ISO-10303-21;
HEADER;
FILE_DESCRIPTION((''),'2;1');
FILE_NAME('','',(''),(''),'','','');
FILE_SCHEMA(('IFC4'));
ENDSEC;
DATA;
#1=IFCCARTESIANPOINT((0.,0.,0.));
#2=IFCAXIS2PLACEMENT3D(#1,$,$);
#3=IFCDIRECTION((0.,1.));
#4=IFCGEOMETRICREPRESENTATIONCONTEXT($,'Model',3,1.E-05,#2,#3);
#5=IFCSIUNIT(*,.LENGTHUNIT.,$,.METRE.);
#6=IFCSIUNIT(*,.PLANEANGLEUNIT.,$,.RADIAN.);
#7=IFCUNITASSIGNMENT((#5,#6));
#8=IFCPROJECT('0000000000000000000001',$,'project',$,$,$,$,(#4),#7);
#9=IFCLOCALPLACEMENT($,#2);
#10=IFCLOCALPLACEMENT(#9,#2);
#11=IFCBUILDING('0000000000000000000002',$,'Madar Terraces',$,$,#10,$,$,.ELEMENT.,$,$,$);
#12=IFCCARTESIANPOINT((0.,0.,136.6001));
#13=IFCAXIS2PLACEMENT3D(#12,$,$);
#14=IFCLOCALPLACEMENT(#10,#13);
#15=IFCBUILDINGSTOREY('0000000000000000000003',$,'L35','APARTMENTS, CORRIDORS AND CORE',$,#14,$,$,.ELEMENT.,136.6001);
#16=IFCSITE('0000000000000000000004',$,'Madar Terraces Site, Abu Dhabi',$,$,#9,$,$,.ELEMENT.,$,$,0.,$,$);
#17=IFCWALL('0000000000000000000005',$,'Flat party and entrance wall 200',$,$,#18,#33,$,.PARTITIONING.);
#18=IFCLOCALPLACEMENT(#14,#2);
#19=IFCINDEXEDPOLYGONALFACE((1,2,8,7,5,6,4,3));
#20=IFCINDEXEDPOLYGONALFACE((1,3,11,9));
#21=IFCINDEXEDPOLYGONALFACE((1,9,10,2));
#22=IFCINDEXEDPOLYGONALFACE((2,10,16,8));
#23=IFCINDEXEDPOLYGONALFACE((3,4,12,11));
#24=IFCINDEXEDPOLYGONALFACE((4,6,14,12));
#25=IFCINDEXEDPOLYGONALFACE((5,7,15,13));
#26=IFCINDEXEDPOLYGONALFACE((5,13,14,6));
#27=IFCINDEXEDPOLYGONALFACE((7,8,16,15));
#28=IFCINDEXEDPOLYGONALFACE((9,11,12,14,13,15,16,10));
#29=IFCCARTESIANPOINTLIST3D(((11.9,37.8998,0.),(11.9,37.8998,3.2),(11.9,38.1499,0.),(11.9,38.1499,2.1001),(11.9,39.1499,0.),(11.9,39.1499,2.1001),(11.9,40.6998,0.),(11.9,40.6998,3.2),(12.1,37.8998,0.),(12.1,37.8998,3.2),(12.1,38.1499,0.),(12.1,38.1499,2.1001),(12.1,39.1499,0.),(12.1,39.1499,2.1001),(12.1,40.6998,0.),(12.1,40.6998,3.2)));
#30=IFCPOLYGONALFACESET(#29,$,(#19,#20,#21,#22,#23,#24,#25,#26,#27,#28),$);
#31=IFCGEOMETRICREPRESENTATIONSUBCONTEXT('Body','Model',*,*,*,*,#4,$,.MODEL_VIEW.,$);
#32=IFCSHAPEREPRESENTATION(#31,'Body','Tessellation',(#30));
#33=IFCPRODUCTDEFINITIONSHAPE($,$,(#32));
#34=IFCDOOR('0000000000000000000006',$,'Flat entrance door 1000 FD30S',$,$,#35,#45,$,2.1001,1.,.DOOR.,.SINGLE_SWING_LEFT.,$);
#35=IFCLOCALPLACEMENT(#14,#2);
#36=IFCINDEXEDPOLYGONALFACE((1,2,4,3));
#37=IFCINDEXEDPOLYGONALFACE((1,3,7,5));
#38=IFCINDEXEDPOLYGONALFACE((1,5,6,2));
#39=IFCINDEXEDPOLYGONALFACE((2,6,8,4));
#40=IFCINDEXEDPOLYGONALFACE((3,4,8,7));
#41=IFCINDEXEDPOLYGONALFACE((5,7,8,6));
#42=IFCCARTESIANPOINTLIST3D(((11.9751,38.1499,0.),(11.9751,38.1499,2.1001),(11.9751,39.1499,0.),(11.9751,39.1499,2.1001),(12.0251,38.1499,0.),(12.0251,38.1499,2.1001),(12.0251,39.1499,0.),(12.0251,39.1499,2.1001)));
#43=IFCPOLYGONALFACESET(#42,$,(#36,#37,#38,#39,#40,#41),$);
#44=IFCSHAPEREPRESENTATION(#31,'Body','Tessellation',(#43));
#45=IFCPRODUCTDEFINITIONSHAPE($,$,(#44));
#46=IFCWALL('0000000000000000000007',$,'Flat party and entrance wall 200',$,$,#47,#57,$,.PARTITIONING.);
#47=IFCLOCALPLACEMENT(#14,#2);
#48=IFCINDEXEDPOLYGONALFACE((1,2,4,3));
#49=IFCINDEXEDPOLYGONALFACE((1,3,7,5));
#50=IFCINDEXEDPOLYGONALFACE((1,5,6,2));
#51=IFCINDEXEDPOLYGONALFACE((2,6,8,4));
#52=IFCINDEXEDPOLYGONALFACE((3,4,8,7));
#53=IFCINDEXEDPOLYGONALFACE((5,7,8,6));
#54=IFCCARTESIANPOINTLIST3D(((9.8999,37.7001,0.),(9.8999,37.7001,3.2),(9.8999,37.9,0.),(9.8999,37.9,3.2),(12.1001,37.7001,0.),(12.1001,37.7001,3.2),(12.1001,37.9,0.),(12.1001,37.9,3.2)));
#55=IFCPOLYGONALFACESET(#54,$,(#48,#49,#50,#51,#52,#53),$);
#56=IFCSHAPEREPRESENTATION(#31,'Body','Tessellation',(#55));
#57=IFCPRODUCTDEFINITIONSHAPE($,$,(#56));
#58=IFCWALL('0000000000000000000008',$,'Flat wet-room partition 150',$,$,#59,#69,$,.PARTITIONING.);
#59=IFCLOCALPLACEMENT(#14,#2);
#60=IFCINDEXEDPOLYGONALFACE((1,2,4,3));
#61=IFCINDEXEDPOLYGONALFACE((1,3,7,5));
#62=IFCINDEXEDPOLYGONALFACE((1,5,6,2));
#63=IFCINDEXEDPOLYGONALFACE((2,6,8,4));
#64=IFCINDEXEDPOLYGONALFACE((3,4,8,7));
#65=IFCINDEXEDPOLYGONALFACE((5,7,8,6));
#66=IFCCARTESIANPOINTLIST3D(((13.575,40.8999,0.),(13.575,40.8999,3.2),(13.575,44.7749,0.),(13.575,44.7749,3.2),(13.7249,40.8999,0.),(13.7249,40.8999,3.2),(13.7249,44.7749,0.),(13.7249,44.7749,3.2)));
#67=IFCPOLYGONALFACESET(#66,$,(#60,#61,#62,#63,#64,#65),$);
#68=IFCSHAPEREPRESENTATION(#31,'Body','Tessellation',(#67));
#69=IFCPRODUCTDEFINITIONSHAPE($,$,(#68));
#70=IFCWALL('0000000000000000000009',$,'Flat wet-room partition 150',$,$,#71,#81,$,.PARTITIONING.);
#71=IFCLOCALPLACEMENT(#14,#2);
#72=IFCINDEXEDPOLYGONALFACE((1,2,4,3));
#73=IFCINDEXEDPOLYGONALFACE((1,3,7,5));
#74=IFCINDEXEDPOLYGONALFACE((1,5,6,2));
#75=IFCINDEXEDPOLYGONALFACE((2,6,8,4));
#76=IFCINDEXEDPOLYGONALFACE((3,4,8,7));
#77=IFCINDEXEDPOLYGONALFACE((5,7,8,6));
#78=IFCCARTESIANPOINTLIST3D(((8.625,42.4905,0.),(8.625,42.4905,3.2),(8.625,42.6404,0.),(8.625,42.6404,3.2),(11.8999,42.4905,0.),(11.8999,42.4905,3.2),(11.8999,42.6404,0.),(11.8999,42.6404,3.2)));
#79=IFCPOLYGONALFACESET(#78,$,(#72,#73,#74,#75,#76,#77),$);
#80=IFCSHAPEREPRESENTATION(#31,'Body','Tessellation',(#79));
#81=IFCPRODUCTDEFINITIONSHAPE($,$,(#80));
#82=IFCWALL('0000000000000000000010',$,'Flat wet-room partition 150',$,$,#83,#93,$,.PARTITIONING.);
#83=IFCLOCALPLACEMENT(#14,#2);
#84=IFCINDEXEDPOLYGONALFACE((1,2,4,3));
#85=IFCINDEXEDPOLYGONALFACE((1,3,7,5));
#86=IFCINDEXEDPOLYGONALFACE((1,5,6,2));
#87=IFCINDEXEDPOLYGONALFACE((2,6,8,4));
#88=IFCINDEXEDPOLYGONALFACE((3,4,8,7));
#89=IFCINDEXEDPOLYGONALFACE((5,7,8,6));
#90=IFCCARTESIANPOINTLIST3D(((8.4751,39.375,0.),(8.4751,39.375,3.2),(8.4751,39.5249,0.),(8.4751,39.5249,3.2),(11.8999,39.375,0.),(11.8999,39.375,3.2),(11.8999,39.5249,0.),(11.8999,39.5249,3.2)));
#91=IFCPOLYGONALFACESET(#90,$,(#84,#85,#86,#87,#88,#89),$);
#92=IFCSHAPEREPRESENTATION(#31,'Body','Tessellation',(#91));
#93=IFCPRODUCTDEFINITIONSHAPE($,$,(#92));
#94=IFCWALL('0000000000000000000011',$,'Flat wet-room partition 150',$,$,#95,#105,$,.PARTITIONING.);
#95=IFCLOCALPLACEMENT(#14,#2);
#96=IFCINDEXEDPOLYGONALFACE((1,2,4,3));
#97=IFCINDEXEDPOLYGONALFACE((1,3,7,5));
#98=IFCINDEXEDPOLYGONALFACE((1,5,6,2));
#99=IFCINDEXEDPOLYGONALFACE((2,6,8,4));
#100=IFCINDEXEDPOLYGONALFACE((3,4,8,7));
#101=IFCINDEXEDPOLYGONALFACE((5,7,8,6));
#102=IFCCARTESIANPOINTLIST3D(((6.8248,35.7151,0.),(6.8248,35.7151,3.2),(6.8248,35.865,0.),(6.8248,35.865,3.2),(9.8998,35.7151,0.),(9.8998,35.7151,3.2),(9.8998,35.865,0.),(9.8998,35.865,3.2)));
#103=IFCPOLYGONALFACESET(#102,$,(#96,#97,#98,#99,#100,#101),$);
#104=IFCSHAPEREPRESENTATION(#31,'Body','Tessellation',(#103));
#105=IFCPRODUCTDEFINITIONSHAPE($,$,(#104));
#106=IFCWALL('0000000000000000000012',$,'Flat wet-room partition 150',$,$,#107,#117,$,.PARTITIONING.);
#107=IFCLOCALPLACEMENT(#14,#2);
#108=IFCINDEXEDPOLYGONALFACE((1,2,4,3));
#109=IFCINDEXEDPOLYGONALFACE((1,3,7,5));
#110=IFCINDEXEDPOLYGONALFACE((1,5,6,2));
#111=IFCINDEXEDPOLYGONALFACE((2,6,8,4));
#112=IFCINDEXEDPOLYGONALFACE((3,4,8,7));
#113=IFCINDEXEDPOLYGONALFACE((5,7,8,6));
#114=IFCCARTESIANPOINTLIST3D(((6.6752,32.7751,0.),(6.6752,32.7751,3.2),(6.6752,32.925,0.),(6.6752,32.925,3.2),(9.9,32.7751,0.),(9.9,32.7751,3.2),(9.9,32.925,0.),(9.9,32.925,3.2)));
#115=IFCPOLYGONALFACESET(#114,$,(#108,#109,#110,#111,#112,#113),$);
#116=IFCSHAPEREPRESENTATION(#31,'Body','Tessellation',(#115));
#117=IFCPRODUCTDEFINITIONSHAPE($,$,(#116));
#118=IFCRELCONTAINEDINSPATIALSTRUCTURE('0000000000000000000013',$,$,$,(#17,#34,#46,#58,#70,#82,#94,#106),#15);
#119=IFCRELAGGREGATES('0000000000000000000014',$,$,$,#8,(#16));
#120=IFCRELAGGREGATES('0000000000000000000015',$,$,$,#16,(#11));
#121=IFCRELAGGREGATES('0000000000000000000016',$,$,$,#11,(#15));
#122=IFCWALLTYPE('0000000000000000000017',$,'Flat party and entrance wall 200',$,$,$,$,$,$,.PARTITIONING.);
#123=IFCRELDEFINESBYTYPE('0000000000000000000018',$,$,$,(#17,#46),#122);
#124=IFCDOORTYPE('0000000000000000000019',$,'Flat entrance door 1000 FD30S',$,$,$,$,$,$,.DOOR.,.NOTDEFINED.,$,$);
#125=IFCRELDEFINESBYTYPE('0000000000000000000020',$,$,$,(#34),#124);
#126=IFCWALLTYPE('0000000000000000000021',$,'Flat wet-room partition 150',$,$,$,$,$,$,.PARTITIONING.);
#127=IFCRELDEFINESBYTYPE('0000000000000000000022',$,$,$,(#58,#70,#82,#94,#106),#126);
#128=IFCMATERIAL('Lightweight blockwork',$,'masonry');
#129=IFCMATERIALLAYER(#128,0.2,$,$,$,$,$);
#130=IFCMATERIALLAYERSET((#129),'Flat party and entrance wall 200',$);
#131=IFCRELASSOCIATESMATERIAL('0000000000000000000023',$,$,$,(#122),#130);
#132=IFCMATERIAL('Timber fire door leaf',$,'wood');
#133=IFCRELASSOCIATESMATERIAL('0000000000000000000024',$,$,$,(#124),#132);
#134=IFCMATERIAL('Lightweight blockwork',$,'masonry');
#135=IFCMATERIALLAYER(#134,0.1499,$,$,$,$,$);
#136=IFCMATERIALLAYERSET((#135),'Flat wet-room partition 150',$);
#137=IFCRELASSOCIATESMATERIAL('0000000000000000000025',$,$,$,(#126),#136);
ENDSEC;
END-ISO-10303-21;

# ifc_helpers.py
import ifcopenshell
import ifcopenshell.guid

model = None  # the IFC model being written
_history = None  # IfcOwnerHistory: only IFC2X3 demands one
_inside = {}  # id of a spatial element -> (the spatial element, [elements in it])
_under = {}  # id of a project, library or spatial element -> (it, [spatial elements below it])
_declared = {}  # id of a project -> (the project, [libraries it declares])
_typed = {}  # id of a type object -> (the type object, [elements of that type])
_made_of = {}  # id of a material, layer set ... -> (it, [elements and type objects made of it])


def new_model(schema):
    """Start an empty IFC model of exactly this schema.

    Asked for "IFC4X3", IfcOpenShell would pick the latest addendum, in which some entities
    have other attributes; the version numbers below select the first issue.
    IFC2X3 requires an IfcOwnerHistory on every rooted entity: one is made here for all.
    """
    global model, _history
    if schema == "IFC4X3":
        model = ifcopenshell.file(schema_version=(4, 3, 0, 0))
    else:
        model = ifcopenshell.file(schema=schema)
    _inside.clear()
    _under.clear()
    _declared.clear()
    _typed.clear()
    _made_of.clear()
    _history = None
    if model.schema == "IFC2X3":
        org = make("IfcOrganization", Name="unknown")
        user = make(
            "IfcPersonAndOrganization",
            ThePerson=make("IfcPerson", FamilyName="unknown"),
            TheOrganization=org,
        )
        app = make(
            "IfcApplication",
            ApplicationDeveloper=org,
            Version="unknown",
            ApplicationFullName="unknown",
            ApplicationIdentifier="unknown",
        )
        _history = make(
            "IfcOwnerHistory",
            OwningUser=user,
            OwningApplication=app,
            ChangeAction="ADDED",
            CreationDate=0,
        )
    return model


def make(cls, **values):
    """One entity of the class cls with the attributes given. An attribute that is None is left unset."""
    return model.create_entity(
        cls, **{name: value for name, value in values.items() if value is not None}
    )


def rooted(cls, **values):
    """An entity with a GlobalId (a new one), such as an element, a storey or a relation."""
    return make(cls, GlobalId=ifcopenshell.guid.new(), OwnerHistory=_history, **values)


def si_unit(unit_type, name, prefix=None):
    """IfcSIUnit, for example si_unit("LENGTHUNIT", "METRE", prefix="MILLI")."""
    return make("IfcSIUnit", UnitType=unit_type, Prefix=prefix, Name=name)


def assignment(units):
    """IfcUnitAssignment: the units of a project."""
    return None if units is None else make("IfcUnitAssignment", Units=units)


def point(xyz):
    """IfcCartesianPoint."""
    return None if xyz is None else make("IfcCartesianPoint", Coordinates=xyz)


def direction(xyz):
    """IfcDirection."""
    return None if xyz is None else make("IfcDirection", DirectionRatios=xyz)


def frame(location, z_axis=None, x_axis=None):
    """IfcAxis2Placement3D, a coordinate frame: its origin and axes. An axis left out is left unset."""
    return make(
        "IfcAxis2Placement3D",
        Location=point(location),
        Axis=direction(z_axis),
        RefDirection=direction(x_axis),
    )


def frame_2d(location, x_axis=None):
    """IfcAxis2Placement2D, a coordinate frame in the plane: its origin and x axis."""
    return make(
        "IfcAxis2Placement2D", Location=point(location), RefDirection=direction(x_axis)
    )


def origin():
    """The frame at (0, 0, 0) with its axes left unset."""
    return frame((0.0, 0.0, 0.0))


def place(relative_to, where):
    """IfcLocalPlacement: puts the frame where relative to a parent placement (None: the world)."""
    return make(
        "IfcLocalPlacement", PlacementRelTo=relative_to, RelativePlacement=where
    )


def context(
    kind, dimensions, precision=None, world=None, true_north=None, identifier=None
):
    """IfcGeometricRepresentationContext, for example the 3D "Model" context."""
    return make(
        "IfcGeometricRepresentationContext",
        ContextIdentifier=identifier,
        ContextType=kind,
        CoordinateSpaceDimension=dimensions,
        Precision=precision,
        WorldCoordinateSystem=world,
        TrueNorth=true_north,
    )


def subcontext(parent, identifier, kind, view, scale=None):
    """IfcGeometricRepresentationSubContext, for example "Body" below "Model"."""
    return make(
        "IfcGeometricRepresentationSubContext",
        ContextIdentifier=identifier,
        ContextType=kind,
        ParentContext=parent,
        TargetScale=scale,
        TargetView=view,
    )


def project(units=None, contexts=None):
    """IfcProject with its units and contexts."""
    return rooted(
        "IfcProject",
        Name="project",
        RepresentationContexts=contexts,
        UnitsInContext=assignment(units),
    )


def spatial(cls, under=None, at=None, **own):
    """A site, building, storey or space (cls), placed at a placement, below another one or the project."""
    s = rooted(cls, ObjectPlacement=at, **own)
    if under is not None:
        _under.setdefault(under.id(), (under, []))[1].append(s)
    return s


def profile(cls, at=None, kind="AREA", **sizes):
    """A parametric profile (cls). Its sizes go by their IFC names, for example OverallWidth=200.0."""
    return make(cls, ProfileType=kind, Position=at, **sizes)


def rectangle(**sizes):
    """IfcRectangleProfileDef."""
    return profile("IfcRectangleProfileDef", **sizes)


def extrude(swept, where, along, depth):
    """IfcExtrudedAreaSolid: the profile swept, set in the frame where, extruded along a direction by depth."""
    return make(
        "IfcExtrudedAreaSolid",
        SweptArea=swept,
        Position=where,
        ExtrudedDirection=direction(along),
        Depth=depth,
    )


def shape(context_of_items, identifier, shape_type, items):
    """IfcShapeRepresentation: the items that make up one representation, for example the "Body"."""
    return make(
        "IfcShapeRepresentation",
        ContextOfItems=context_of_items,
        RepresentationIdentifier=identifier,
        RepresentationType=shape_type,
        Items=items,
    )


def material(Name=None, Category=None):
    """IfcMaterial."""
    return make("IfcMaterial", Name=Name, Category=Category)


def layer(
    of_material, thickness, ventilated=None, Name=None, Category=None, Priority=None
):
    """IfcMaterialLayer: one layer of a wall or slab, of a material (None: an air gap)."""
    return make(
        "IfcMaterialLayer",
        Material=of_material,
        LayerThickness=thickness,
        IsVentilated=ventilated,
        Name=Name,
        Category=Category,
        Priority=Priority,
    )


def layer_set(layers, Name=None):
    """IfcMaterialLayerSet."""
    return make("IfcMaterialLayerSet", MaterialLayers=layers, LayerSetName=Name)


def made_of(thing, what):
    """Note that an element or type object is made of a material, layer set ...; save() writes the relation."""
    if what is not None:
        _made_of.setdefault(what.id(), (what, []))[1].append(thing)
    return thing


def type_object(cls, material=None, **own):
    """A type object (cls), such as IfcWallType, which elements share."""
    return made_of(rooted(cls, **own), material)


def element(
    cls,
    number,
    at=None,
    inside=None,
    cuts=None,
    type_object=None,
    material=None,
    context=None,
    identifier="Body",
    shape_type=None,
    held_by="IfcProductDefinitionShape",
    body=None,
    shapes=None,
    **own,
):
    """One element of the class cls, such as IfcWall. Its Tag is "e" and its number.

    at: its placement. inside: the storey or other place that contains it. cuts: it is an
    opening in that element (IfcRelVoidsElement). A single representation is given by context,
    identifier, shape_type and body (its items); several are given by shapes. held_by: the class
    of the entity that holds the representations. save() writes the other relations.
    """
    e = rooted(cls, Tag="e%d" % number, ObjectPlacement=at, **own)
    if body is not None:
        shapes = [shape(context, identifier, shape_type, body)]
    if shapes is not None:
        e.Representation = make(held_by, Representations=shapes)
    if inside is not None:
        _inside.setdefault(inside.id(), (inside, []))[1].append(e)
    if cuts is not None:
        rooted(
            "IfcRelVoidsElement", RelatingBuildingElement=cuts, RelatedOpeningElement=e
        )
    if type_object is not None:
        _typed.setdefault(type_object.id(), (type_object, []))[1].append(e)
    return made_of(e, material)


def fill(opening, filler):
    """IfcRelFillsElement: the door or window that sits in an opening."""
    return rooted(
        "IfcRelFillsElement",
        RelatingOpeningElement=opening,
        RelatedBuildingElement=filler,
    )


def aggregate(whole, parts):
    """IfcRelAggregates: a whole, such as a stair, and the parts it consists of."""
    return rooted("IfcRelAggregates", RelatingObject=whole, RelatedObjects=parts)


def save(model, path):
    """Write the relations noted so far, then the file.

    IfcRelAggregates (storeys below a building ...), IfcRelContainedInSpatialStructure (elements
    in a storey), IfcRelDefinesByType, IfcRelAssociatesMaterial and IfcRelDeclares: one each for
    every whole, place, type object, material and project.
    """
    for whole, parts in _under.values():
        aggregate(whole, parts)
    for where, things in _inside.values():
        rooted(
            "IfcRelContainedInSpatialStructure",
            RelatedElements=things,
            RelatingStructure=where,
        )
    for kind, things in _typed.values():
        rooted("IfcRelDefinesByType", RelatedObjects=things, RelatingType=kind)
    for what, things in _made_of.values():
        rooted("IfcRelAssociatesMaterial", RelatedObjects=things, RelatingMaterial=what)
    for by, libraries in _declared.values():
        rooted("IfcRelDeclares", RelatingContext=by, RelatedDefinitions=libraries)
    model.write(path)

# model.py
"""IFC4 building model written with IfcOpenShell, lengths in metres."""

from ifc_helpers import new_model, si_unit, direction, frame, frame_2d, origin, place, context, subcontext, project, spatial, rectangle, extrude, material, layer, layer_set, type_object, element, fill, save


model = new_model("IFC4")

# Units and contexts
model_context = context("Model", 3, precision=1e-05, world=origin(), true_north=direction((0.0, 1.0)))
body_context = subcontext(model_context, "Body", "Model", "MODEL_VIEW")
ifc_project = project(units=[si_unit("LENGTHUNIT", "METRE"), si_unit("PLANEANGLEUNIT", "RADIAN")], contexts=[model_context])

# Site, building, storey
site_placement = place(None, origin())
site = spatial("IfcSite", under=ifc_project, at=site_placement, Name="Madar Terraces Site, Abu Dhabi", CompositionType="ELEMENT", RefElevation=0.0)
building_placement = place(site_placement, origin())
building = spatial("IfcBuilding", under=site, at=building_placement, Name="Madar Terraces", CompositionType="ELEMENT")
storey_placement = place(building_placement, frame((0.0, 0.0, 136.6001)))
storey = spatial("IfcBuildingStorey", under=building, at=storey_placement, Name="L35", Description="APARTMENTS, CORRIDORS AND CORE", CompositionType="ELEMENT", Elevation=136.6001)

# Shared definitions
ifc_material_1 = material(Name="Lightweight blockwork", Category="masonry")
ifc_layer_1 = layer(ifc_material_1, 0.2)
ifc_layer_set_1 = layer_set([ifc_layer_1], Name="Flat party and entrance wall 200")
wall_type_1 = type_object("IfcWallType", Name="Flat party and entrance wall 200", PredefinedType="PARTITIONING", material=ifc_layer_set_1)
ifc_material_2 = material(Name="Timber fire door leaf", Category="wood")
door_type_1 = type_object("IfcDoorType", Name="Flat entrance door 1000 FD30S", OperationType="NOTDEFINED", PredefinedType="DOOR", material=ifc_material_2)

# Wall, opening, door
wall_1_placement = place(storey_placement, frame((12.0, 37.8999, 0.0), z_axis=(0.0, 0.0, 1.0), x_axis=(0.0, 1.0, 0.0)))
wall_1 = element("IfcWall", 1, at=wall_1_placement, inside=storey, type_object=wall_type_1, Name="Flat party and entrance wall 200", PredefinedType="PARTITIONING", context=body_context, shape_type="SweptSolid", body=[
    extrude(rectangle(XDim=2.8, YDim=0.2, at=frame_2d((1.3999, 0.0))), origin(), (0.0, 0.0, 1.0), 3.2),
])
opening_1_placement = place(wall_1_placement, frame((0.25, 0.0, 0.0)))
opening_1 = element("IfcOpeningElement", 2, at=opening_1_placement, cuts=wall_1, PredefinedType="OPENING", context=body_context, shape_type="SweptSolid", body=[
    extrude(rectangle(XDim=1.0, YDim=2.1001, at=frame_2d((0.5, 1.05))), frame((0.0, 0.1099, 0.0), z_axis=(0.0, -1.0, 0.0), x_axis=(1.0, 0.0, 0.0)), (0.0, 0.0, 1.0), 0.22),
])
door_1_placement = place(opening_1_placement, origin())
door_1 = element("IfcDoor", 3, at=door_1_placement, inside=storey, type_object=door_type_1, Name="Flat entrance door 1000 FD30S", OperationType="SINGLE_SWING_LEFT", OverallHeight=2.1001, OverallWidth=1.0, PredefinedType="DOOR", context=body_context, shape_type="SweptSolid", body=[
    extrude(rectangle(XDim=1.0, YDim=2.1001, at=frame_2d((0.5, 1.05))), frame((0.0, 0.0249, 0.0), z_axis=(0.0, -1.0, 0.0), x_axis=(1.0, 0.0, 0.0)), (0.0, 0.0, 1.0), 0.05),
])
fill(opening_1, door_1)

# Walls
wall_2_placement = place(storey_placement, frame((12.1001, 37.8, 0.0), z_axis=(0.0, 0.0, 1.0), x_axis=(-1.0, 0.0, 0.0)))
element("IfcWall", 4, at=wall_2_placement, inside=storey, type_object=wall_type_1, Name="Flat party and entrance wall 200", PredefinedType="PARTITIONING", context=body_context, shape_type="SweptSolid", body=[
    extrude(rectangle(XDim=2.2002, YDim=0.2, at=frame_2d((1.1001, 0.0))), origin(), (0.0, 0.0, 1.0), 3.2),
])
ifc_material_3 = material(Name="Lightweight blockwork", Category="masonry")
ifc_layer_2 = layer(ifc_material_3, 0.1499)
ifc_layer_set_2 = layer_set([ifc_layer_2], Name="Flat wet-room partition 150")
wall_type_2 = type_object("IfcWallType", Name="Flat wet-room partition 150", PredefinedType="PARTITIONING", material=ifc_layer_set_2)
wall_3_placement = place(storey_placement, frame((13.6499, 40.8999, 0.0), z_axis=(0.0, 0.0, 1.0), x_axis=(0.0, 1.0, 0.0)))
element("IfcWall", 5, at=wall_3_placement, inside=storey, type_object=wall_type_2, Name="Flat wet-room partition 150", PredefinedType="PARTITIONING", context=body_context, shape_type="SweptSolid", body=[
    extrude(rectangle(XDim=3.875, YDim=0.1499, at=frame_2d((1.9375, 0.0))), origin(), (0.0, 0.0, 1.0), 3.2),
])
wall_4_placement = place(storey_placement, frame((11.8999, 42.5654, 0.0), z_axis=(0.0, 0.0, 1.0), x_axis=(-1.0, 0.0, 0.0)))
element("IfcWall", 6, at=wall_4_placement, inside=storey, type_object=wall_type_2, Name="Flat wet-room partition 150", PredefinedType="PARTITIONING", context=body_context, shape_type="SweptSolid", body=[
    extrude(rectangle(XDim=3.2749, YDim=0.1499, at=frame_2d((1.6375, 0.0))), origin(), (0.0, 0.0, 1.0), 3.2),
])
wall_5_placement = place(storey_placement, frame((11.8999, 39.45, 0.0), z_axis=(0.0, 0.0, 1.0), x_axis=(-1.0, 0.0, 0.0)))
element("IfcWall", 7, at=wall_5_placement, inside=storey, type_object=wall_type_2, Name="Flat wet-room partition 150", PredefinedType="PARTITIONING", context=body_context, shape_type="SweptSolid", body=[
    extrude(rectangle(XDim=3.4248, YDim=0.1499, at=frame_2d((1.7124, 0.0))), origin(), (0.0, 0.0, 1.0), 3.2),
])
wall_6_placement = place(storey_placement, frame((9.8999, 35.79, 0.0), z_axis=(0.0, 0.0, 1.0), x_axis=(-1.0, 0.0, 0.0)))
element("IfcWall", 8, at=wall_6_placement, inside=storey, type_object=wall_type_2, Name="Flat wet-room partition 150", PredefinedType="PARTITIONING", context=body_context, shape_type="SweptSolid", body=[
    extrude(rectangle(XDim=3.075, YDim=0.1499, at=frame_2d((1.5376, 0.0))), origin(), (0.0, 0.0, 1.0), 3.2),
])
wall_7_placement = place(storey_placement, frame((9.8999, 32.8501, 0.0), z_axis=(0.0, 0.0, 1.0), x_axis=(-1.0, 0.0, 0.0)))
element("IfcWall", 9, at=wall_7_placement, inside=storey, type_object=wall_type_2, Name="Flat wet-room partition 150", PredefinedType="PARTITIONING", context=body_context, shape_type="SweptSolid", body=[
    extrude(rectangle(XDim=3.2249, YDim=0.1499, at=frame_2d((1.6123, 0.0))), origin(), (0.0, 0.0, 1.0), 3.2),
])

save(model, "model.ifc")
